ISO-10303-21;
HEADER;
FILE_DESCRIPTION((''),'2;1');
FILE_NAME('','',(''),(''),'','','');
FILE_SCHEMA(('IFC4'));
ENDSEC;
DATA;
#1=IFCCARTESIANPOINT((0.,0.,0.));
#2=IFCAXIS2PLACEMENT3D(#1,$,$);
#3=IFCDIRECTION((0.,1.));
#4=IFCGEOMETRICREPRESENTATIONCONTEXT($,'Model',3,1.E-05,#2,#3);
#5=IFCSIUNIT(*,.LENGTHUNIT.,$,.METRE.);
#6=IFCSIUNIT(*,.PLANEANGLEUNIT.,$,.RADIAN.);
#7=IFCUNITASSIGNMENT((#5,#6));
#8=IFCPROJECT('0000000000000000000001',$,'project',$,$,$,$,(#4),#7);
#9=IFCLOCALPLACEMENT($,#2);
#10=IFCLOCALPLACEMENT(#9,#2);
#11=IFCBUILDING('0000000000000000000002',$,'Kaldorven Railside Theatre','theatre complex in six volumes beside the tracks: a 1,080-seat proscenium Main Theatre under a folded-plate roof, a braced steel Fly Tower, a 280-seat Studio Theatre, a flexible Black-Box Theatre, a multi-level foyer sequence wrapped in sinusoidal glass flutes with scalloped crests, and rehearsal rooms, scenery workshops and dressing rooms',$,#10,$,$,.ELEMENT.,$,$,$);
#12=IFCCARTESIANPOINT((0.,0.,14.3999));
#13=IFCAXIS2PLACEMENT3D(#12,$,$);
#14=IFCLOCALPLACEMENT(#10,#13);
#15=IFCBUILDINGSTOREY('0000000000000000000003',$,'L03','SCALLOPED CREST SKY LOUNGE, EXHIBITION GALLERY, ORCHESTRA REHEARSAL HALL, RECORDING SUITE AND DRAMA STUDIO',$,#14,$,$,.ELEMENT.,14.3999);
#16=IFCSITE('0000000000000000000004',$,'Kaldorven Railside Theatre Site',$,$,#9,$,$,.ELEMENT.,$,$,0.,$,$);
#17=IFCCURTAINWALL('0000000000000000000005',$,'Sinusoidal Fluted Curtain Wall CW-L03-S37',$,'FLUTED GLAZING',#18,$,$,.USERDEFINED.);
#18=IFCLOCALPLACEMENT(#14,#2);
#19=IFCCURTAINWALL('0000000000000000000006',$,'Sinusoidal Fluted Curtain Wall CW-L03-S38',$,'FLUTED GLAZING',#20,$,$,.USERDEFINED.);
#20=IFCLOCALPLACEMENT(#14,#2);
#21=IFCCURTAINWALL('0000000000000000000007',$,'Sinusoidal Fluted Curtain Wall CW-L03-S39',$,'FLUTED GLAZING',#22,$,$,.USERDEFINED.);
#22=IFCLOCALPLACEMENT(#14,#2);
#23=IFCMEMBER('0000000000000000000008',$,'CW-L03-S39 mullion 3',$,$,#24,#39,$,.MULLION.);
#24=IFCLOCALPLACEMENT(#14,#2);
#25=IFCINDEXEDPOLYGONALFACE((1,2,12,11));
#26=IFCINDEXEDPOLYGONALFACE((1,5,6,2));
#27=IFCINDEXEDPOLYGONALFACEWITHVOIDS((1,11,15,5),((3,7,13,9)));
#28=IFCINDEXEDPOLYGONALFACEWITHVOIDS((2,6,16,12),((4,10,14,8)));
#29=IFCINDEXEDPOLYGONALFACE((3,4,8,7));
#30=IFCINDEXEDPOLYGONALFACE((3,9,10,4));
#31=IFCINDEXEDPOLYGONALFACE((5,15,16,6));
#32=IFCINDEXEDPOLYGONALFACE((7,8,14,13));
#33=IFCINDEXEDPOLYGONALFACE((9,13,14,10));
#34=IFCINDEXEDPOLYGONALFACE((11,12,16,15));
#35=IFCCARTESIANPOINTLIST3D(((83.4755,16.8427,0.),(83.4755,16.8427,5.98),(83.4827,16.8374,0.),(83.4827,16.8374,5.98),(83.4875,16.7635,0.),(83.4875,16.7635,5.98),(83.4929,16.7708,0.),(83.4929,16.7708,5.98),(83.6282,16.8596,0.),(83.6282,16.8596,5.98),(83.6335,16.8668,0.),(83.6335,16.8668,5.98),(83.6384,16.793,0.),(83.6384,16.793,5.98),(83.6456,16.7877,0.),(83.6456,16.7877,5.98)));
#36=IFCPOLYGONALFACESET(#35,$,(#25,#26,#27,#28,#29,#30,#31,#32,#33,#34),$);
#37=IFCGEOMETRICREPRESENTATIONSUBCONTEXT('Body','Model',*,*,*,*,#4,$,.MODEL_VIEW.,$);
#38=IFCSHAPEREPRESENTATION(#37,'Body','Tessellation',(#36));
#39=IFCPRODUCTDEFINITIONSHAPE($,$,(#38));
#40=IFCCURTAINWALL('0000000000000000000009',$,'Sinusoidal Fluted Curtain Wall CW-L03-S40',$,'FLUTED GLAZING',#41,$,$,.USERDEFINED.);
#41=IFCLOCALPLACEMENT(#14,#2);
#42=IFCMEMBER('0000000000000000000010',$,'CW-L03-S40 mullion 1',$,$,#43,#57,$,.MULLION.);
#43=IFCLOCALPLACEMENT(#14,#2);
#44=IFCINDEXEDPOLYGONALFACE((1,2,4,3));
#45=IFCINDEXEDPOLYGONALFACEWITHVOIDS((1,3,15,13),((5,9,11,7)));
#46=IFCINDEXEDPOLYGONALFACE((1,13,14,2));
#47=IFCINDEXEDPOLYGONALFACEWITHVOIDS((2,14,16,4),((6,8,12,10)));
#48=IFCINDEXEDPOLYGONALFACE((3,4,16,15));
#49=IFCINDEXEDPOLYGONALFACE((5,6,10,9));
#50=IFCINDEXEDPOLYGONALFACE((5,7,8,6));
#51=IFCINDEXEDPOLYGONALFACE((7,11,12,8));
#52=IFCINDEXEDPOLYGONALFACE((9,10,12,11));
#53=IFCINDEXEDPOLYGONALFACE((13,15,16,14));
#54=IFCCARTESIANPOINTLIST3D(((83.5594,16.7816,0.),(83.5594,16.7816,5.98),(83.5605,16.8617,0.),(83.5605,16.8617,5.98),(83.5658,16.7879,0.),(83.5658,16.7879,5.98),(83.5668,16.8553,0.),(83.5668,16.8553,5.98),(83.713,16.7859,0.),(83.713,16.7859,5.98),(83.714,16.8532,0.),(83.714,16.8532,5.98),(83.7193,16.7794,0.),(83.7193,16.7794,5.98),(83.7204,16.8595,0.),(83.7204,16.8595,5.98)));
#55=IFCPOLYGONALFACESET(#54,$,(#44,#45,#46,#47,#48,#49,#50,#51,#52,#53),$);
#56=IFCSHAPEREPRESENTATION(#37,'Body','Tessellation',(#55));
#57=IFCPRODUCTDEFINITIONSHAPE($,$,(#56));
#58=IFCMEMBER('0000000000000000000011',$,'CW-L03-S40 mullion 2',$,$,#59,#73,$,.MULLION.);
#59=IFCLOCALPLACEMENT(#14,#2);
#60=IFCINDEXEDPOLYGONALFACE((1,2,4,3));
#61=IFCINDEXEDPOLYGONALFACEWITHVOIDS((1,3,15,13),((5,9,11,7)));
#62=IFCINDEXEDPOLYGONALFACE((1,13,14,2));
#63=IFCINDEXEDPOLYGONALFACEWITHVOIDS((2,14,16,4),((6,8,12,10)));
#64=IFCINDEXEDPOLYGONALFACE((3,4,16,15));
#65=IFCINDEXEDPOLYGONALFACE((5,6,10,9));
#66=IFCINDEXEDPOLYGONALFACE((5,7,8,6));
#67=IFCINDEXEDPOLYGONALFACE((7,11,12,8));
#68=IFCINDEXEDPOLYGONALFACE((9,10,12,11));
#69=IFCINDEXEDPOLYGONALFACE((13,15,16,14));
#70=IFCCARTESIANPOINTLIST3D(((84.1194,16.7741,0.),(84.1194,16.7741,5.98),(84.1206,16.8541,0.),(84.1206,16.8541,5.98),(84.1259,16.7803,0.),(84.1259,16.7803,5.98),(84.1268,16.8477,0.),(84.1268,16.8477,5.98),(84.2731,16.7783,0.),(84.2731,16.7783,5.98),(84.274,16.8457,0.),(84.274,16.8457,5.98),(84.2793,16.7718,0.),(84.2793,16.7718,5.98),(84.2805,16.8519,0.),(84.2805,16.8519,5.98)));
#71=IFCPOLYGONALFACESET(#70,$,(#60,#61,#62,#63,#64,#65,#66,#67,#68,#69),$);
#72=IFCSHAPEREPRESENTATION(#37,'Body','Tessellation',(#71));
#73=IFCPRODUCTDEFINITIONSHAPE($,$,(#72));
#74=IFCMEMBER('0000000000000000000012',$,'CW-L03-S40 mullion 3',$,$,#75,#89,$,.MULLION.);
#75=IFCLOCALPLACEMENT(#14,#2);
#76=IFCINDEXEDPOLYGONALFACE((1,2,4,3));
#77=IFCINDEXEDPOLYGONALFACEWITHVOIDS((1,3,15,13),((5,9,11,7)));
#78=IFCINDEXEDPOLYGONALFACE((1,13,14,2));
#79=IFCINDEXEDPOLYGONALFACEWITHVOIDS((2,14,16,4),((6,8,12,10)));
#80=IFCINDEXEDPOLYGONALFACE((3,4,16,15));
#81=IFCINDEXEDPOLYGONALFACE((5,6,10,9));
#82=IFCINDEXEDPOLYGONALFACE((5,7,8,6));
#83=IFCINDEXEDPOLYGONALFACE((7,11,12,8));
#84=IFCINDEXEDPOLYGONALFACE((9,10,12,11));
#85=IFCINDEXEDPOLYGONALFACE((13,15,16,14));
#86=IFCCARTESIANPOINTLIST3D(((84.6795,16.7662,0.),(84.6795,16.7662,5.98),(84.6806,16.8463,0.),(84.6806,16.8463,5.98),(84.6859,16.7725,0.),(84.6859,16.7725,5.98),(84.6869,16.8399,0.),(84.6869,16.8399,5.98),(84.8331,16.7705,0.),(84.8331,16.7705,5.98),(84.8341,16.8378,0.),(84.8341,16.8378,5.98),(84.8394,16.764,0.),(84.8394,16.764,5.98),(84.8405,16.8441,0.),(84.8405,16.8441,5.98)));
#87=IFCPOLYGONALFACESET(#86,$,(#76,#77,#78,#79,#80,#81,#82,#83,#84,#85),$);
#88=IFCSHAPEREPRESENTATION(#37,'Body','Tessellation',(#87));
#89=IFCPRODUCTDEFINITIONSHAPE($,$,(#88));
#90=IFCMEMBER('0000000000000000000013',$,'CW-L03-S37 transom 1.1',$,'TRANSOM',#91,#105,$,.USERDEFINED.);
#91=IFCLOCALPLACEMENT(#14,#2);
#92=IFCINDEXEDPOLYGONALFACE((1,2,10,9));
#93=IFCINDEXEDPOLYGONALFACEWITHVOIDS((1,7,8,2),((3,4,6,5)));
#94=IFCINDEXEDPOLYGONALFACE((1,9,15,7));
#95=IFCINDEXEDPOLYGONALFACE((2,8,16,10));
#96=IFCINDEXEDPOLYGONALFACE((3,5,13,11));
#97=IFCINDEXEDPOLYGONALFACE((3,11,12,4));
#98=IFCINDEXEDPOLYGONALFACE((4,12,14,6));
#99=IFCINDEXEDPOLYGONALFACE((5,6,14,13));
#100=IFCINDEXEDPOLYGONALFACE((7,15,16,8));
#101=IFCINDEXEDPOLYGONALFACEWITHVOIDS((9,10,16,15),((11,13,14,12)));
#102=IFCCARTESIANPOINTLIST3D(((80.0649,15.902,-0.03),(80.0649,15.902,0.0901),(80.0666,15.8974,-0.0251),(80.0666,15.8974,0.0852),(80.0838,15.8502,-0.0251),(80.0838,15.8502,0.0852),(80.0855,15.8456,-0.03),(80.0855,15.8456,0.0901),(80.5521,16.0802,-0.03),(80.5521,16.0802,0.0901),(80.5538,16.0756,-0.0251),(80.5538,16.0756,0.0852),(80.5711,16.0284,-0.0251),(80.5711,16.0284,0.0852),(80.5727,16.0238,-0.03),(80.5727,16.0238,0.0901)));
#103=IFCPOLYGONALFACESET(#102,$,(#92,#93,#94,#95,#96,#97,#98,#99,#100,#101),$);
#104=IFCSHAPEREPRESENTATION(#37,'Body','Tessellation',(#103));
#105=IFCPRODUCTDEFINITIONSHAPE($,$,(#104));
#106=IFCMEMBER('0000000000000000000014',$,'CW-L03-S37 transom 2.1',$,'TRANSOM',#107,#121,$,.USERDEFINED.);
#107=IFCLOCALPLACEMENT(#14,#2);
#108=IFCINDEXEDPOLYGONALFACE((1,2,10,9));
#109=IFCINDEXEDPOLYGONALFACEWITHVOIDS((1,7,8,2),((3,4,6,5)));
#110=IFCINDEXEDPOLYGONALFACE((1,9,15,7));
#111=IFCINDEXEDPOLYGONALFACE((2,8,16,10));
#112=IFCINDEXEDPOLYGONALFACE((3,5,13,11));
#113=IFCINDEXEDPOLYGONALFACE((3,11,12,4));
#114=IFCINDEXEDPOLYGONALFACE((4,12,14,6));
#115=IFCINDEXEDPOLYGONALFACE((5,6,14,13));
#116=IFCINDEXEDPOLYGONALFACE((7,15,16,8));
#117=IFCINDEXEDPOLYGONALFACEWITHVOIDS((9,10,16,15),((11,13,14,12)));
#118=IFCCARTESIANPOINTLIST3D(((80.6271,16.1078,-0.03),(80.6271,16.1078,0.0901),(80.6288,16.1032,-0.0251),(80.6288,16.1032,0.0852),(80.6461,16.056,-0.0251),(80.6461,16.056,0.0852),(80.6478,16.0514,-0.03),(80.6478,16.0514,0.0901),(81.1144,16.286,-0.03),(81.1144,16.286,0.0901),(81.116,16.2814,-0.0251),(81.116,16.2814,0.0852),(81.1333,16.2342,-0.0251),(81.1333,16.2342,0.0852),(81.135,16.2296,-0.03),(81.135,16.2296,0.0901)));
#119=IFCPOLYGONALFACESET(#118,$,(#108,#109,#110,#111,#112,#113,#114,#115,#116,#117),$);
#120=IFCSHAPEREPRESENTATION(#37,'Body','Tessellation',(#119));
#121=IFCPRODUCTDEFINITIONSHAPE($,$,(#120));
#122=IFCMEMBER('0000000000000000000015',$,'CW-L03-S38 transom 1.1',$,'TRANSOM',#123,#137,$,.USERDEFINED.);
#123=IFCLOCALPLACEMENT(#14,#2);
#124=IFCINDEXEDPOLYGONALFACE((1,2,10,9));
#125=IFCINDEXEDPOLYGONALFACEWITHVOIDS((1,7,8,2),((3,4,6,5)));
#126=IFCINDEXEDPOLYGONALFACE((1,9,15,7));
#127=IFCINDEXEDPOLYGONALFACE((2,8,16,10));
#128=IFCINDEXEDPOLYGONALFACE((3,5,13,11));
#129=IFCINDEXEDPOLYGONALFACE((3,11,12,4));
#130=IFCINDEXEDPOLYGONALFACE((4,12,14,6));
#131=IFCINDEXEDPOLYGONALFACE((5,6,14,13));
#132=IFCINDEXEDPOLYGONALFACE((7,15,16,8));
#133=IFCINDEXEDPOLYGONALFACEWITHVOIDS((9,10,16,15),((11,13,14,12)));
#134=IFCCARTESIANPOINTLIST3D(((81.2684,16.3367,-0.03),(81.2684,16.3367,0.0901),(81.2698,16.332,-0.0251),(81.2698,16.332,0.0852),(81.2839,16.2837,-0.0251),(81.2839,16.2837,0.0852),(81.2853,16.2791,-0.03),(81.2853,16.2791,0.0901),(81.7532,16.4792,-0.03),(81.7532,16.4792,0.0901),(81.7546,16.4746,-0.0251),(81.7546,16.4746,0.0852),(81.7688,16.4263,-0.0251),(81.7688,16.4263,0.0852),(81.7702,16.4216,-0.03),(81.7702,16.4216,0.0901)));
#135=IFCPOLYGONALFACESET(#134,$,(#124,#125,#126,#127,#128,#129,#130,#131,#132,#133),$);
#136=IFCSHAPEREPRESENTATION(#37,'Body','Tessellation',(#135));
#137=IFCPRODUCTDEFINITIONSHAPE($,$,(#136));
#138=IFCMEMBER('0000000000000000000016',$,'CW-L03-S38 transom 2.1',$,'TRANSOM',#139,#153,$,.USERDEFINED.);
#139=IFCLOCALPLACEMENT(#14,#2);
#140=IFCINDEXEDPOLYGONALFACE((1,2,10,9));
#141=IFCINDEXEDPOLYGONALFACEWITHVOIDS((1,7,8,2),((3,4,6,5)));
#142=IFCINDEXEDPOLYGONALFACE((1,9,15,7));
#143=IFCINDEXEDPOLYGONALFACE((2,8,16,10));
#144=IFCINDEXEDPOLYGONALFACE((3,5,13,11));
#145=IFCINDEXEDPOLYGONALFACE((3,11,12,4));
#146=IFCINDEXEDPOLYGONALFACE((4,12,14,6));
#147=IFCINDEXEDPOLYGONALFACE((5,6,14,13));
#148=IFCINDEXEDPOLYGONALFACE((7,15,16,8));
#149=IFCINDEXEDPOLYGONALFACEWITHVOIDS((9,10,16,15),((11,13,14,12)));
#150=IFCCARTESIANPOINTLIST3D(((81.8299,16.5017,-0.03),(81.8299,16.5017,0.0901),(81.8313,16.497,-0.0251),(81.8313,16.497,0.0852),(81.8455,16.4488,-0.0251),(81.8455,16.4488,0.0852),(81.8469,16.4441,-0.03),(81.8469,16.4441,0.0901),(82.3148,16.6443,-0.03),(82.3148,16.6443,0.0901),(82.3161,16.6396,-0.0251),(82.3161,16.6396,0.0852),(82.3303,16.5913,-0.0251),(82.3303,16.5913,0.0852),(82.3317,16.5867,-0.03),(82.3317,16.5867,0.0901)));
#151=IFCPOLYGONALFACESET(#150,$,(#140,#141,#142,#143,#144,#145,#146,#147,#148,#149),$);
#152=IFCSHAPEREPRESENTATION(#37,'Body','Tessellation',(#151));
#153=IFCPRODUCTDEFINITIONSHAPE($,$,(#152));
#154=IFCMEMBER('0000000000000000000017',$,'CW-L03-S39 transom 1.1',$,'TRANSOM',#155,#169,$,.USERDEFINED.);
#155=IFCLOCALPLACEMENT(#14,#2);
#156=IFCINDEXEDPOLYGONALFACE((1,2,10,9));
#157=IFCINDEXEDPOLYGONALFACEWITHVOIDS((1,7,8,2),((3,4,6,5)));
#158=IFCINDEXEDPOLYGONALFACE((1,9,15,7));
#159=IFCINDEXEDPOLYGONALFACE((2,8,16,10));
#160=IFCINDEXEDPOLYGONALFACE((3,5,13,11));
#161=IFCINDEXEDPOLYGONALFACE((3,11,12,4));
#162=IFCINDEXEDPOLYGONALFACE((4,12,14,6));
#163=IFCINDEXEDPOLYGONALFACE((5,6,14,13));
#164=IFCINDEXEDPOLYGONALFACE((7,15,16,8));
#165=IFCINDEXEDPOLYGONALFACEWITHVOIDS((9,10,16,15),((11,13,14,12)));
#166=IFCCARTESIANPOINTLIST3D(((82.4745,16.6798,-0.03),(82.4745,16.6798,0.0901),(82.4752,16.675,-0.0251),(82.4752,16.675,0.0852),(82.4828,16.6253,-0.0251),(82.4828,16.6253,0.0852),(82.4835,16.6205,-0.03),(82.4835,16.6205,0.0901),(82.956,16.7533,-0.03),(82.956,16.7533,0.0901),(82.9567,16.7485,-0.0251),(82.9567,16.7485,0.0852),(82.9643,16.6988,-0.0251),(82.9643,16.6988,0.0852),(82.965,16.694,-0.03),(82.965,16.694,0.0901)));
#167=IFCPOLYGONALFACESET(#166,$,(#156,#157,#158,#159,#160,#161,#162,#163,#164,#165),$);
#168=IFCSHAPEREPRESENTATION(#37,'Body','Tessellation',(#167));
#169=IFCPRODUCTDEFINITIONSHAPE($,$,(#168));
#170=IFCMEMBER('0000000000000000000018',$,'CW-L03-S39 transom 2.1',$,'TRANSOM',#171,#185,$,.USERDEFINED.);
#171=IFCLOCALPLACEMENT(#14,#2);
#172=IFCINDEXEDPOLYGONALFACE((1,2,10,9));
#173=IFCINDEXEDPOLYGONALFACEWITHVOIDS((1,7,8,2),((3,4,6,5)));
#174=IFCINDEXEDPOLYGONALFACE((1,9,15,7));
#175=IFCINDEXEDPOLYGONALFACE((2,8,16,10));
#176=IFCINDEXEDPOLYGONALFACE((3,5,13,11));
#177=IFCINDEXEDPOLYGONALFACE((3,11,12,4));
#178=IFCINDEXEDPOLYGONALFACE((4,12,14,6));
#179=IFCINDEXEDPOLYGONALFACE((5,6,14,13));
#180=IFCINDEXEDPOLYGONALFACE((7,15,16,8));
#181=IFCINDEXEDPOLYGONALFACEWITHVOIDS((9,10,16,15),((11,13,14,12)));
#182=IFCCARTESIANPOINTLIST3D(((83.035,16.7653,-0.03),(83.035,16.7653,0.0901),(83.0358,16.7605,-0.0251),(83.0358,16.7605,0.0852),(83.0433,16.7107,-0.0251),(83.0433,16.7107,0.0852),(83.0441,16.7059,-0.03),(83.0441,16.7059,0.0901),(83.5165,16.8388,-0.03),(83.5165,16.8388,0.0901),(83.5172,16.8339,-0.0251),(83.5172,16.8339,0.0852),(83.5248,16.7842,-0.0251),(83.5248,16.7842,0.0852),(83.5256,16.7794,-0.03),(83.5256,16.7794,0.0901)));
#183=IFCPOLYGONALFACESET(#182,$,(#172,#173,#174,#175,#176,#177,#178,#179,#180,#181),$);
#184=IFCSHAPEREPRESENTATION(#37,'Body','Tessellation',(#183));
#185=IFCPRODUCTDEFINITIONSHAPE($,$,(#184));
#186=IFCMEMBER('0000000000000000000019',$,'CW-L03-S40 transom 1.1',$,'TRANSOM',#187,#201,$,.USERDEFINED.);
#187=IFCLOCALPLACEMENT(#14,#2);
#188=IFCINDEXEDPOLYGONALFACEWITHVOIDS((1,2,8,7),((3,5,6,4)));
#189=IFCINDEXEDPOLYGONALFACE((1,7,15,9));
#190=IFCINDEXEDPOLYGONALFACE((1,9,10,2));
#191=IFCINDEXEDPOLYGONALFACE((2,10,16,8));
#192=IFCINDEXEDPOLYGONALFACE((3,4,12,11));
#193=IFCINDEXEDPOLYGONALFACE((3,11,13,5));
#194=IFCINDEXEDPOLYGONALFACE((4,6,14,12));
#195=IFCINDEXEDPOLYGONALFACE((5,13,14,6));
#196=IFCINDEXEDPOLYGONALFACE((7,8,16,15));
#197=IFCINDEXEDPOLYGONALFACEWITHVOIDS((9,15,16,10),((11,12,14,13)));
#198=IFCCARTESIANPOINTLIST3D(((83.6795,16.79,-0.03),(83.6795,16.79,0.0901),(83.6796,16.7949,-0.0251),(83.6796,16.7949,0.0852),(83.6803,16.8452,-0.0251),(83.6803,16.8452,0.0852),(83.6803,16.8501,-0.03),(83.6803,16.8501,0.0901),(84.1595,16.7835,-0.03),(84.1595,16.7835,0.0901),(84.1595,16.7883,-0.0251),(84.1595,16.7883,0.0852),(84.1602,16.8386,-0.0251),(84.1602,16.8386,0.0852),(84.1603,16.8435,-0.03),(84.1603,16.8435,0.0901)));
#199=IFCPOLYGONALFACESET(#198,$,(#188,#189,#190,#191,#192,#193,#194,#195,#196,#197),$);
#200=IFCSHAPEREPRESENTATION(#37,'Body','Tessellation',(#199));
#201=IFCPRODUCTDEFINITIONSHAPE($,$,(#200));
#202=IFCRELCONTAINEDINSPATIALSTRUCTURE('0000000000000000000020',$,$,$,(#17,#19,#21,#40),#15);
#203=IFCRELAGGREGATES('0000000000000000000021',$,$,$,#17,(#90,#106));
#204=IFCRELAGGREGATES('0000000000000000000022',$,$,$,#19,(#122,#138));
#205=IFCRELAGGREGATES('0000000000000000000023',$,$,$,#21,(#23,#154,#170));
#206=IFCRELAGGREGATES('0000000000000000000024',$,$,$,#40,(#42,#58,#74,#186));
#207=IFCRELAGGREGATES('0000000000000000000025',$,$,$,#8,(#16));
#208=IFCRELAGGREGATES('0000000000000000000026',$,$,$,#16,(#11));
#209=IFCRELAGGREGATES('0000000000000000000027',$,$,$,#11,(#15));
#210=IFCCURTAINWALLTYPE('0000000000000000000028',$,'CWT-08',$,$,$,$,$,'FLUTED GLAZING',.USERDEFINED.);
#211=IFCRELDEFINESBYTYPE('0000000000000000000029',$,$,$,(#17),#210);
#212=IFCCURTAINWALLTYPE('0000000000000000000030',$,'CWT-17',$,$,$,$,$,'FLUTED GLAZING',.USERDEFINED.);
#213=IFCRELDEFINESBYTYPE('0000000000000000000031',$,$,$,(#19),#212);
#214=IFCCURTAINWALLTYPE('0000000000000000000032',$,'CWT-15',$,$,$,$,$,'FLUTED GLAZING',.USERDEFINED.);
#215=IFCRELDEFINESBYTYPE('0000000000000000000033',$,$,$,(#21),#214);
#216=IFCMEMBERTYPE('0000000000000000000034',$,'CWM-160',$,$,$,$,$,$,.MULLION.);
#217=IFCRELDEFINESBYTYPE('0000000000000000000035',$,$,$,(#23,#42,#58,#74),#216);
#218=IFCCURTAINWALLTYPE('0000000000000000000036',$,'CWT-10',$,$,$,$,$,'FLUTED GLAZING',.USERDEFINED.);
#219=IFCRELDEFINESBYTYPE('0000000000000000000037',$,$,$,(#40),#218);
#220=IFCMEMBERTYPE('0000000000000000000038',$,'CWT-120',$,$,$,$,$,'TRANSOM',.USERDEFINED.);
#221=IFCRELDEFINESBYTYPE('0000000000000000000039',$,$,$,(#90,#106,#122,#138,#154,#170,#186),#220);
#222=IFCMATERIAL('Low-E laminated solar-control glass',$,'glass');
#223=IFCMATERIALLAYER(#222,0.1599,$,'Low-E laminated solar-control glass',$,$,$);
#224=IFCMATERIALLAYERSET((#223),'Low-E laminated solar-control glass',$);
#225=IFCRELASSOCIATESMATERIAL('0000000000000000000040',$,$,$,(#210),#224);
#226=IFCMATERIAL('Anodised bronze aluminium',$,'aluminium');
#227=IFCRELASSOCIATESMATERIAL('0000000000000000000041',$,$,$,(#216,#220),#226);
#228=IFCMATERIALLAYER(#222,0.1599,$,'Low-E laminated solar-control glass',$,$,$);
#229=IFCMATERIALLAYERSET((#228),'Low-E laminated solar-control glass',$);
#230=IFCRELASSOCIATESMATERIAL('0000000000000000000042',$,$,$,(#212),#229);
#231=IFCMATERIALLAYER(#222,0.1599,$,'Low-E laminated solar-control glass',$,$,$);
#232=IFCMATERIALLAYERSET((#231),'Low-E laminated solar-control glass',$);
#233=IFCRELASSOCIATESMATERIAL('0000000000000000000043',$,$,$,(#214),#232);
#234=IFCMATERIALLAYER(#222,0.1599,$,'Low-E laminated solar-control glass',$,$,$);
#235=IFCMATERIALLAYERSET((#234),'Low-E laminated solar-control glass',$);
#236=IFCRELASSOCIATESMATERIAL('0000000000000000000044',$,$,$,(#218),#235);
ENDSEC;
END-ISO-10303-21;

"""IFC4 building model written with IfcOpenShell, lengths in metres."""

from ifc_helpers import new_model, si_unit, direction, frame, origin, origin_2d, place, context, subcontext, project, spatial, hollow_rectangle, extrude, material, layer, layer_set, material_profile, profile_set, type_object, element, aggregate, save


model = new_model("IFC4")

# Units and contexts
model_context = context("Model", 3, precision=1e-05, world=origin(), true_north=direction((0.0, 1.0)))
body_context = subcontext(model_context, "Body", "Model", "MODEL_VIEW")
ifc_project = project(units=[si_unit("LENGTHUNIT", "METRE"), si_unit("PLANEANGLEUNIT", "RADIAN")], contexts=[model_context])

# Site, building, storey
site_placement = place(None, origin())
site = spatial("IfcSite", under=ifc_project, at=site_placement, Name="Kaldorven Railside Theatre Site", CompositionType="ELEMENT", RefElevation=0.0)
building_placement = place(site_placement, origin())
building = spatial("IfcBuilding", under=site, at=building_placement, Name="Kaldorven Railside Theatre", Description="theatre complex in six volumes beside the tracks: a 1,080-seat proscenium Main Theatre under a folded-plate roof, a braced steel Fly Tower, a 280-seat Studio Theatre, a flexible Black-Box Theatre, a multi-level foyer sequence wrapped in sinusoidal glass flutes with scalloped crests, and rehearsal rooms, scenery workshops and dressing rooms", CompositionType="ELEMENT")
storey_placement = place(building_placement, frame((0.0, 0.0, 14.3999)))
storey = spatial("IfcBuildingStorey", under=building, at=storey_placement, Name="L03", Description="SCALLOPED CREST SKY LOUNGE, EXHIBITION GALLERY, ORCHESTRA REHEARSAL HALL, RECORDING SUITE AND DRAMA STUDIO", CompositionType="ELEMENT", Elevation=14.3999)

# Curtain walls, members
ifc_material_1 = material(Name="Low-E laminated solar-control glass", Category="glass")
ifc_layer_1 = layer(ifc_material_1, 0.1599, Name="Low-E laminated solar-control glass")
ifc_layer_set_1 = layer_set([ifc_layer_1], Name="Low-E laminated solar-control glass")
curtain_wall_type_1 = type_object("IfcCurtainWallType", Name="CWT-08", ElementType="FLUTED GLAZING", PredefinedType="USERDEFINED", material=ifc_layer_set_1)
curtain_wall_1_placement = place(storey_placement, origin())
curtain_wall_1 = element("IfcCurtainWall", 1, at=curtain_wall_1_placement, inside=storey, type_object=curtain_wall_type_1, Name="Sinusoidal Fluted Curtain Wall CW-L03-S37", ObjectType="FLUTED GLAZING", PredefinedType="USERDEFINED")
ifc_material_2 = material(Name="Anodised bronze aluminium", Category="aluminium")
ifc_material_profile_1 = material_profile(ifc_material_2, hollow_rectangle(XDim=0.0801, YDim=0.1599, WallThickness=0.0063, at=origin_2d()), Name="RHS 160x80x6.3")
ifc_profile_set_1 = profile_set([ifc_material_profile_1], Name="Anodised bronze aluminium")
member_type_1 = type_object("IfcMemberType", Name="CWM-160", PredefinedType="MULLION", material=ifc_profile_set_1)
ifc_layer_2 = layer(ifc_material_1, 0.1599, Name="Low-E laminated solar-control glass")
ifc_layer_set_2 = layer_set([ifc_layer_2], Name="Low-E laminated solar-control glass")
curtain_wall_type_2 = type_object("IfcCurtainWallType", Name="CWT-17", ElementType="FLUTED GLAZING", PredefinedType="USERDEFINED", material=ifc_layer_set_2)
curtain_wall_2_placement = place(storey_placement, origin())
curtain_wall_2 = element("IfcCurtainWall", 2, at=curtain_wall_2_placement, inside=storey, type_object=curtain_wall_type_2, Name="Sinusoidal Fluted Curtain Wall CW-L03-S38", ObjectType="FLUTED GLAZING", PredefinedType="USERDEFINED")
ifc_layer_3 = layer(ifc_material_1, 0.1599, Name="Low-E laminated solar-control glass")
ifc_layer_set_3 = layer_set([ifc_layer_3], Name="Low-E laminated solar-control glass")
curtain_wall_type_3 = type_object("IfcCurtainWallType", Name="CWT-15", ElementType="FLUTED GLAZING", PredefinedType="USERDEFINED", material=ifc_layer_set_3)
curtain_wall_3_placement = place(storey_placement, origin())
curtain_wall_3 = element("IfcCurtainWall", 3, at=curtain_wall_3_placement, inside=storey, type_object=curtain_wall_type_3, Name="Sinusoidal Fluted Curtain Wall CW-L03-S39", ObjectType="FLUTED GLAZING", PredefinedType="USERDEFINED")
member_1_placement = place(storey_placement, frame((83.5605, 16.8152, 0.0), z_axis=(0.0, 0.0, 1.0), x_axis=(-0.150918, 0.988546, 0.0)))
member_1 = element("IfcMember", 4, at=member_1_placement, type_object=member_type_1, Name="CW-L03-S39 mullion 3", PredefinedType="MULLION", context=body_context, shape_type="SweptSolid", body=[
    extrude(hollow_rectangle(XDim=0.0801, YDim=0.1599, WallThickness=0.0063, at=origin_2d()), origin(), (0.0, 0.0, 1.0), 5.98),
])
ifc_layer_4 = layer(ifc_material_1, 0.1599, Name="Low-E laminated solar-control glass")
ifc_layer_set_4 = layer_set([ifc_layer_4], Name="Low-E laminated solar-control glass")
curtain_wall_type_4 = type_object("IfcCurtainWallType", Name="CWT-10", ElementType="FLUTED GLAZING", PredefinedType="USERDEFINED", material=ifc_layer_set_4)
curtain_wall_4_placement = place(storey_placement, origin())
curtain_wall_4 = element("IfcCurtainWall", 5, at=curtain_wall_4_placement, inside=storey, type_object=curtain_wall_type_4, Name="Sinusoidal Fluted Curtain Wall CW-L03-S40", ObjectType="FLUTED GLAZING", PredefinedType="USERDEFINED")
member_2_placement = place(storey_placement, frame((83.6399, 16.8206, 0.0), z_axis=(0.0, 0.0, 1.0), x_axis=(0.013832, 0.999904, 0.0)))
member_2 = element("IfcMember", 6, at=member_2_placement, type_object=member_type_1, Name="CW-L03-S40 mullion 1", PredefinedType="MULLION", context=body_context, shape_type="SweptSolid", body=[
    extrude(hollow_rectangle(XDim=0.0801, YDim=0.1599, WallThickness=0.0063, at=origin_2d()), origin(), (0.0, 0.0, 1.0), 5.98),
])
member_3_placement = place(storey_placement, frame((84.2, 16.813, 0.0), z_axis=(0.0, 0.0, 1.0), x_axis=(0.013832, 0.999904, 0.0)))
member_3 = element("IfcMember", 7, at=member_3_placement, type_object=member_type_1, Name="CW-L03-S40 mullion 2", PredefinedType="MULLION", context=body_context, shape_type="SweptSolid", body=[
    extrude(hollow_rectangle(XDim=0.0801, YDim=0.1599, WallThickness=0.0063, at=origin_2d()), origin(), (0.0, 0.0, 1.0), 5.98),
])
member_4_placement = place(storey_placement, frame((84.76, 16.8052, 0.0), z_axis=(0.0, 0.0, 1.0), x_axis=(0.013832, 0.999904, 0.0)))
member_4 = element("IfcMember", 8, at=member_4_placement, type_object=member_type_1, Name="CW-L03-S40 mullion 3", PredefinedType="MULLION", context=body_context, shape_type="SweptSolid", body=[
    extrude(hollow_rectangle(XDim=0.0801, YDim=0.1599, WallThickness=0.0063, at=origin_2d()), origin(), (0.0, 0.0, 1.0), 5.98),
])

# Members
ifc_material_profile_2 = material_profile(ifc_material_2, hollow_rectangle(XDim=0.0601, YDim=0.1201, WallThickness=0.0049, at=origin_2d()), Name="RHS 120x60x5")
ifc_profile_set_2 = profile_set([ifc_material_profile_2], Name="Anodised bronze aluminium")
member_type_2 = type_object("IfcMemberType", Name="CWT-120", ElementType="TRANSOM", PredefinedType="USERDEFINED", material=ifc_profile_set_2)
member_5_placement = place(storey_placement, frame((80.0752, 15.8738, 0.03), z_axis=(0.93916, 0.34348, 0.0), x_axis=(-0.34348, 0.93916, 0.0)))
member_5 = element("IfcMember", 9, at=member_5_placement, type_object=member_type_2, Name="CW-L03-S37 transom 1.1", ObjectType="TRANSOM", PredefinedType="USERDEFINED", context=body_context, shape_type="SweptSolid", body=[
    extrude(hollow_rectangle(XDim=0.0601, YDim=0.1201, WallThickness=0.0049, at=origin_2d()), origin(), (0.0, 0.0, 1.0), 0.5188),
])
member_6_placement = place(storey_placement, frame((80.6375, 16.0796, 0.03), z_axis=(0.93916, 0.34348, 0.0), x_axis=(-0.34348, 0.93916, 0.0)))
member_6 = element("IfcMember", 10, at=member_6_placement, type_object=member_type_2, Name="CW-L03-S37 transom 2.1", ObjectType="TRANSOM", PredefinedType="USERDEFINED", context=body_context, shape_type="SweptSolid", body=[
    extrude(hollow_rectangle(XDim=0.0601, YDim=0.1201, WallThickness=0.0049, at=origin_2d()), origin(), (0.0, 0.0, 1.0), 0.5188),
])
member_7_placement = place(storey_placement, frame((81.2769, 16.3079, 0.03), z_axis=(0.959381, 0.282114, 0.0), x_axis=(-0.282114, 0.959381, 0.0)))
member_7 = element("IfcMember", 11, at=member_7_placement, type_object=member_type_2, Name="CW-L03-S38 transom 1.1", ObjectType="TRANSOM", PredefinedType="USERDEFINED", context=body_context, shape_type="SweptSolid", body=[
    extrude(hollow_rectangle(XDim=0.0601, YDim=0.1201, WallThickness=0.0049, at=origin_2d()), origin(), (0.0, 0.0, 1.0), 0.5054),
])
member_8_placement = place(storey_placement, frame((81.8384, 16.4729, 0.03), z_axis=(0.959381, 0.282114, 0.0), x_axis=(-0.282114, 0.959381, 0.0)))
member_8 = element("IfcMember", 12, at=member_8_placement, type_object=member_type_2, Name="CW-L03-S38 transom 2.1", ObjectType="TRANSOM", PredefinedType="USERDEFINED", context=body_context, shape_type="SweptSolid", body=[
    extrude(hollow_rectangle(XDim=0.0601, YDim=0.1201, WallThickness=0.0049, at=origin_2d()), origin(), (0.0, 0.0, 1.0), 0.5054),
])
member_9_placement = place(storey_placement, frame((82.479, 16.6501, 0.03), z_axis=(0.988551, 0.150889, 0.0), x_axis=(-0.150889, 0.988551, 0.0)))
member_9 = element("IfcMember", 13, at=member_9_placement, type_object=member_type_2, Name="CW-L03-S39 transom 1.1", ObjectType="TRANSOM", PredefinedType="USERDEFINED", context=body_context, shape_type="SweptSolid", body=[
    extrude(hollow_rectangle(XDim=0.0601, YDim=0.1201, WallThickness=0.0049, at=origin_2d()), origin(), (0.0, 0.0, 1.0), 0.4871),
])
member_10_placement = place(storey_placement, frame((83.0396, 16.7356, 0.03), z_axis=(0.988551, 0.150889, 0.0), x_axis=(-0.150889, 0.988551, 0.0)))
member_10 = element("IfcMember", 14, at=member_10_placement, type_object=member_type_2, Name="CW-L03-S39 transom 2.1", ObjectType="TRANSOM", PredefinedType="USERDEFINED", context=body_context, shape_type="SweptSolid", body=[
    extrude(hollow_rectangle(XDim=0.0601, YDim=0.1201, WallThickness=0.0049, at=origin_2d()), origin(), (0.0, 0.0, 1.0), 0.4871),
])
member_11_placement = place(storey_placement, frame((83.6799, 16.8201, 0.03), z_axis=(0.999906, -0.013732, 0.0), x_axis=(0.013732, 0.999906, 0.0)))
member_11 = element("IfcMember", 15, at=member_11_placement, type_object=member_type_2, Name="CW-L03-S40 transom 1.1", ObjectType="TRANSOM", PredefinedType="USERDEFINED", context=body_context, shape_type="SweptSolid", body=[
    extrude(hollow_rectangle(XDim=0.0601, YDim=0.1201, WallThickness=0.0049, at=origin_2d()), origin(), (0.0, 0.0, 1.0), 0.48),
])

aggregate(curtain_wall_1, [member_5, member_6])
aggregate(curtain_wall_2, [member_7, member_8])
aggregate(curtain_wall_3, [member_1, member_9, member_10])
aggregate(curtain_wall_4, [member_2, member_3, member_4, member_11])

save(model, "model.ifc")
